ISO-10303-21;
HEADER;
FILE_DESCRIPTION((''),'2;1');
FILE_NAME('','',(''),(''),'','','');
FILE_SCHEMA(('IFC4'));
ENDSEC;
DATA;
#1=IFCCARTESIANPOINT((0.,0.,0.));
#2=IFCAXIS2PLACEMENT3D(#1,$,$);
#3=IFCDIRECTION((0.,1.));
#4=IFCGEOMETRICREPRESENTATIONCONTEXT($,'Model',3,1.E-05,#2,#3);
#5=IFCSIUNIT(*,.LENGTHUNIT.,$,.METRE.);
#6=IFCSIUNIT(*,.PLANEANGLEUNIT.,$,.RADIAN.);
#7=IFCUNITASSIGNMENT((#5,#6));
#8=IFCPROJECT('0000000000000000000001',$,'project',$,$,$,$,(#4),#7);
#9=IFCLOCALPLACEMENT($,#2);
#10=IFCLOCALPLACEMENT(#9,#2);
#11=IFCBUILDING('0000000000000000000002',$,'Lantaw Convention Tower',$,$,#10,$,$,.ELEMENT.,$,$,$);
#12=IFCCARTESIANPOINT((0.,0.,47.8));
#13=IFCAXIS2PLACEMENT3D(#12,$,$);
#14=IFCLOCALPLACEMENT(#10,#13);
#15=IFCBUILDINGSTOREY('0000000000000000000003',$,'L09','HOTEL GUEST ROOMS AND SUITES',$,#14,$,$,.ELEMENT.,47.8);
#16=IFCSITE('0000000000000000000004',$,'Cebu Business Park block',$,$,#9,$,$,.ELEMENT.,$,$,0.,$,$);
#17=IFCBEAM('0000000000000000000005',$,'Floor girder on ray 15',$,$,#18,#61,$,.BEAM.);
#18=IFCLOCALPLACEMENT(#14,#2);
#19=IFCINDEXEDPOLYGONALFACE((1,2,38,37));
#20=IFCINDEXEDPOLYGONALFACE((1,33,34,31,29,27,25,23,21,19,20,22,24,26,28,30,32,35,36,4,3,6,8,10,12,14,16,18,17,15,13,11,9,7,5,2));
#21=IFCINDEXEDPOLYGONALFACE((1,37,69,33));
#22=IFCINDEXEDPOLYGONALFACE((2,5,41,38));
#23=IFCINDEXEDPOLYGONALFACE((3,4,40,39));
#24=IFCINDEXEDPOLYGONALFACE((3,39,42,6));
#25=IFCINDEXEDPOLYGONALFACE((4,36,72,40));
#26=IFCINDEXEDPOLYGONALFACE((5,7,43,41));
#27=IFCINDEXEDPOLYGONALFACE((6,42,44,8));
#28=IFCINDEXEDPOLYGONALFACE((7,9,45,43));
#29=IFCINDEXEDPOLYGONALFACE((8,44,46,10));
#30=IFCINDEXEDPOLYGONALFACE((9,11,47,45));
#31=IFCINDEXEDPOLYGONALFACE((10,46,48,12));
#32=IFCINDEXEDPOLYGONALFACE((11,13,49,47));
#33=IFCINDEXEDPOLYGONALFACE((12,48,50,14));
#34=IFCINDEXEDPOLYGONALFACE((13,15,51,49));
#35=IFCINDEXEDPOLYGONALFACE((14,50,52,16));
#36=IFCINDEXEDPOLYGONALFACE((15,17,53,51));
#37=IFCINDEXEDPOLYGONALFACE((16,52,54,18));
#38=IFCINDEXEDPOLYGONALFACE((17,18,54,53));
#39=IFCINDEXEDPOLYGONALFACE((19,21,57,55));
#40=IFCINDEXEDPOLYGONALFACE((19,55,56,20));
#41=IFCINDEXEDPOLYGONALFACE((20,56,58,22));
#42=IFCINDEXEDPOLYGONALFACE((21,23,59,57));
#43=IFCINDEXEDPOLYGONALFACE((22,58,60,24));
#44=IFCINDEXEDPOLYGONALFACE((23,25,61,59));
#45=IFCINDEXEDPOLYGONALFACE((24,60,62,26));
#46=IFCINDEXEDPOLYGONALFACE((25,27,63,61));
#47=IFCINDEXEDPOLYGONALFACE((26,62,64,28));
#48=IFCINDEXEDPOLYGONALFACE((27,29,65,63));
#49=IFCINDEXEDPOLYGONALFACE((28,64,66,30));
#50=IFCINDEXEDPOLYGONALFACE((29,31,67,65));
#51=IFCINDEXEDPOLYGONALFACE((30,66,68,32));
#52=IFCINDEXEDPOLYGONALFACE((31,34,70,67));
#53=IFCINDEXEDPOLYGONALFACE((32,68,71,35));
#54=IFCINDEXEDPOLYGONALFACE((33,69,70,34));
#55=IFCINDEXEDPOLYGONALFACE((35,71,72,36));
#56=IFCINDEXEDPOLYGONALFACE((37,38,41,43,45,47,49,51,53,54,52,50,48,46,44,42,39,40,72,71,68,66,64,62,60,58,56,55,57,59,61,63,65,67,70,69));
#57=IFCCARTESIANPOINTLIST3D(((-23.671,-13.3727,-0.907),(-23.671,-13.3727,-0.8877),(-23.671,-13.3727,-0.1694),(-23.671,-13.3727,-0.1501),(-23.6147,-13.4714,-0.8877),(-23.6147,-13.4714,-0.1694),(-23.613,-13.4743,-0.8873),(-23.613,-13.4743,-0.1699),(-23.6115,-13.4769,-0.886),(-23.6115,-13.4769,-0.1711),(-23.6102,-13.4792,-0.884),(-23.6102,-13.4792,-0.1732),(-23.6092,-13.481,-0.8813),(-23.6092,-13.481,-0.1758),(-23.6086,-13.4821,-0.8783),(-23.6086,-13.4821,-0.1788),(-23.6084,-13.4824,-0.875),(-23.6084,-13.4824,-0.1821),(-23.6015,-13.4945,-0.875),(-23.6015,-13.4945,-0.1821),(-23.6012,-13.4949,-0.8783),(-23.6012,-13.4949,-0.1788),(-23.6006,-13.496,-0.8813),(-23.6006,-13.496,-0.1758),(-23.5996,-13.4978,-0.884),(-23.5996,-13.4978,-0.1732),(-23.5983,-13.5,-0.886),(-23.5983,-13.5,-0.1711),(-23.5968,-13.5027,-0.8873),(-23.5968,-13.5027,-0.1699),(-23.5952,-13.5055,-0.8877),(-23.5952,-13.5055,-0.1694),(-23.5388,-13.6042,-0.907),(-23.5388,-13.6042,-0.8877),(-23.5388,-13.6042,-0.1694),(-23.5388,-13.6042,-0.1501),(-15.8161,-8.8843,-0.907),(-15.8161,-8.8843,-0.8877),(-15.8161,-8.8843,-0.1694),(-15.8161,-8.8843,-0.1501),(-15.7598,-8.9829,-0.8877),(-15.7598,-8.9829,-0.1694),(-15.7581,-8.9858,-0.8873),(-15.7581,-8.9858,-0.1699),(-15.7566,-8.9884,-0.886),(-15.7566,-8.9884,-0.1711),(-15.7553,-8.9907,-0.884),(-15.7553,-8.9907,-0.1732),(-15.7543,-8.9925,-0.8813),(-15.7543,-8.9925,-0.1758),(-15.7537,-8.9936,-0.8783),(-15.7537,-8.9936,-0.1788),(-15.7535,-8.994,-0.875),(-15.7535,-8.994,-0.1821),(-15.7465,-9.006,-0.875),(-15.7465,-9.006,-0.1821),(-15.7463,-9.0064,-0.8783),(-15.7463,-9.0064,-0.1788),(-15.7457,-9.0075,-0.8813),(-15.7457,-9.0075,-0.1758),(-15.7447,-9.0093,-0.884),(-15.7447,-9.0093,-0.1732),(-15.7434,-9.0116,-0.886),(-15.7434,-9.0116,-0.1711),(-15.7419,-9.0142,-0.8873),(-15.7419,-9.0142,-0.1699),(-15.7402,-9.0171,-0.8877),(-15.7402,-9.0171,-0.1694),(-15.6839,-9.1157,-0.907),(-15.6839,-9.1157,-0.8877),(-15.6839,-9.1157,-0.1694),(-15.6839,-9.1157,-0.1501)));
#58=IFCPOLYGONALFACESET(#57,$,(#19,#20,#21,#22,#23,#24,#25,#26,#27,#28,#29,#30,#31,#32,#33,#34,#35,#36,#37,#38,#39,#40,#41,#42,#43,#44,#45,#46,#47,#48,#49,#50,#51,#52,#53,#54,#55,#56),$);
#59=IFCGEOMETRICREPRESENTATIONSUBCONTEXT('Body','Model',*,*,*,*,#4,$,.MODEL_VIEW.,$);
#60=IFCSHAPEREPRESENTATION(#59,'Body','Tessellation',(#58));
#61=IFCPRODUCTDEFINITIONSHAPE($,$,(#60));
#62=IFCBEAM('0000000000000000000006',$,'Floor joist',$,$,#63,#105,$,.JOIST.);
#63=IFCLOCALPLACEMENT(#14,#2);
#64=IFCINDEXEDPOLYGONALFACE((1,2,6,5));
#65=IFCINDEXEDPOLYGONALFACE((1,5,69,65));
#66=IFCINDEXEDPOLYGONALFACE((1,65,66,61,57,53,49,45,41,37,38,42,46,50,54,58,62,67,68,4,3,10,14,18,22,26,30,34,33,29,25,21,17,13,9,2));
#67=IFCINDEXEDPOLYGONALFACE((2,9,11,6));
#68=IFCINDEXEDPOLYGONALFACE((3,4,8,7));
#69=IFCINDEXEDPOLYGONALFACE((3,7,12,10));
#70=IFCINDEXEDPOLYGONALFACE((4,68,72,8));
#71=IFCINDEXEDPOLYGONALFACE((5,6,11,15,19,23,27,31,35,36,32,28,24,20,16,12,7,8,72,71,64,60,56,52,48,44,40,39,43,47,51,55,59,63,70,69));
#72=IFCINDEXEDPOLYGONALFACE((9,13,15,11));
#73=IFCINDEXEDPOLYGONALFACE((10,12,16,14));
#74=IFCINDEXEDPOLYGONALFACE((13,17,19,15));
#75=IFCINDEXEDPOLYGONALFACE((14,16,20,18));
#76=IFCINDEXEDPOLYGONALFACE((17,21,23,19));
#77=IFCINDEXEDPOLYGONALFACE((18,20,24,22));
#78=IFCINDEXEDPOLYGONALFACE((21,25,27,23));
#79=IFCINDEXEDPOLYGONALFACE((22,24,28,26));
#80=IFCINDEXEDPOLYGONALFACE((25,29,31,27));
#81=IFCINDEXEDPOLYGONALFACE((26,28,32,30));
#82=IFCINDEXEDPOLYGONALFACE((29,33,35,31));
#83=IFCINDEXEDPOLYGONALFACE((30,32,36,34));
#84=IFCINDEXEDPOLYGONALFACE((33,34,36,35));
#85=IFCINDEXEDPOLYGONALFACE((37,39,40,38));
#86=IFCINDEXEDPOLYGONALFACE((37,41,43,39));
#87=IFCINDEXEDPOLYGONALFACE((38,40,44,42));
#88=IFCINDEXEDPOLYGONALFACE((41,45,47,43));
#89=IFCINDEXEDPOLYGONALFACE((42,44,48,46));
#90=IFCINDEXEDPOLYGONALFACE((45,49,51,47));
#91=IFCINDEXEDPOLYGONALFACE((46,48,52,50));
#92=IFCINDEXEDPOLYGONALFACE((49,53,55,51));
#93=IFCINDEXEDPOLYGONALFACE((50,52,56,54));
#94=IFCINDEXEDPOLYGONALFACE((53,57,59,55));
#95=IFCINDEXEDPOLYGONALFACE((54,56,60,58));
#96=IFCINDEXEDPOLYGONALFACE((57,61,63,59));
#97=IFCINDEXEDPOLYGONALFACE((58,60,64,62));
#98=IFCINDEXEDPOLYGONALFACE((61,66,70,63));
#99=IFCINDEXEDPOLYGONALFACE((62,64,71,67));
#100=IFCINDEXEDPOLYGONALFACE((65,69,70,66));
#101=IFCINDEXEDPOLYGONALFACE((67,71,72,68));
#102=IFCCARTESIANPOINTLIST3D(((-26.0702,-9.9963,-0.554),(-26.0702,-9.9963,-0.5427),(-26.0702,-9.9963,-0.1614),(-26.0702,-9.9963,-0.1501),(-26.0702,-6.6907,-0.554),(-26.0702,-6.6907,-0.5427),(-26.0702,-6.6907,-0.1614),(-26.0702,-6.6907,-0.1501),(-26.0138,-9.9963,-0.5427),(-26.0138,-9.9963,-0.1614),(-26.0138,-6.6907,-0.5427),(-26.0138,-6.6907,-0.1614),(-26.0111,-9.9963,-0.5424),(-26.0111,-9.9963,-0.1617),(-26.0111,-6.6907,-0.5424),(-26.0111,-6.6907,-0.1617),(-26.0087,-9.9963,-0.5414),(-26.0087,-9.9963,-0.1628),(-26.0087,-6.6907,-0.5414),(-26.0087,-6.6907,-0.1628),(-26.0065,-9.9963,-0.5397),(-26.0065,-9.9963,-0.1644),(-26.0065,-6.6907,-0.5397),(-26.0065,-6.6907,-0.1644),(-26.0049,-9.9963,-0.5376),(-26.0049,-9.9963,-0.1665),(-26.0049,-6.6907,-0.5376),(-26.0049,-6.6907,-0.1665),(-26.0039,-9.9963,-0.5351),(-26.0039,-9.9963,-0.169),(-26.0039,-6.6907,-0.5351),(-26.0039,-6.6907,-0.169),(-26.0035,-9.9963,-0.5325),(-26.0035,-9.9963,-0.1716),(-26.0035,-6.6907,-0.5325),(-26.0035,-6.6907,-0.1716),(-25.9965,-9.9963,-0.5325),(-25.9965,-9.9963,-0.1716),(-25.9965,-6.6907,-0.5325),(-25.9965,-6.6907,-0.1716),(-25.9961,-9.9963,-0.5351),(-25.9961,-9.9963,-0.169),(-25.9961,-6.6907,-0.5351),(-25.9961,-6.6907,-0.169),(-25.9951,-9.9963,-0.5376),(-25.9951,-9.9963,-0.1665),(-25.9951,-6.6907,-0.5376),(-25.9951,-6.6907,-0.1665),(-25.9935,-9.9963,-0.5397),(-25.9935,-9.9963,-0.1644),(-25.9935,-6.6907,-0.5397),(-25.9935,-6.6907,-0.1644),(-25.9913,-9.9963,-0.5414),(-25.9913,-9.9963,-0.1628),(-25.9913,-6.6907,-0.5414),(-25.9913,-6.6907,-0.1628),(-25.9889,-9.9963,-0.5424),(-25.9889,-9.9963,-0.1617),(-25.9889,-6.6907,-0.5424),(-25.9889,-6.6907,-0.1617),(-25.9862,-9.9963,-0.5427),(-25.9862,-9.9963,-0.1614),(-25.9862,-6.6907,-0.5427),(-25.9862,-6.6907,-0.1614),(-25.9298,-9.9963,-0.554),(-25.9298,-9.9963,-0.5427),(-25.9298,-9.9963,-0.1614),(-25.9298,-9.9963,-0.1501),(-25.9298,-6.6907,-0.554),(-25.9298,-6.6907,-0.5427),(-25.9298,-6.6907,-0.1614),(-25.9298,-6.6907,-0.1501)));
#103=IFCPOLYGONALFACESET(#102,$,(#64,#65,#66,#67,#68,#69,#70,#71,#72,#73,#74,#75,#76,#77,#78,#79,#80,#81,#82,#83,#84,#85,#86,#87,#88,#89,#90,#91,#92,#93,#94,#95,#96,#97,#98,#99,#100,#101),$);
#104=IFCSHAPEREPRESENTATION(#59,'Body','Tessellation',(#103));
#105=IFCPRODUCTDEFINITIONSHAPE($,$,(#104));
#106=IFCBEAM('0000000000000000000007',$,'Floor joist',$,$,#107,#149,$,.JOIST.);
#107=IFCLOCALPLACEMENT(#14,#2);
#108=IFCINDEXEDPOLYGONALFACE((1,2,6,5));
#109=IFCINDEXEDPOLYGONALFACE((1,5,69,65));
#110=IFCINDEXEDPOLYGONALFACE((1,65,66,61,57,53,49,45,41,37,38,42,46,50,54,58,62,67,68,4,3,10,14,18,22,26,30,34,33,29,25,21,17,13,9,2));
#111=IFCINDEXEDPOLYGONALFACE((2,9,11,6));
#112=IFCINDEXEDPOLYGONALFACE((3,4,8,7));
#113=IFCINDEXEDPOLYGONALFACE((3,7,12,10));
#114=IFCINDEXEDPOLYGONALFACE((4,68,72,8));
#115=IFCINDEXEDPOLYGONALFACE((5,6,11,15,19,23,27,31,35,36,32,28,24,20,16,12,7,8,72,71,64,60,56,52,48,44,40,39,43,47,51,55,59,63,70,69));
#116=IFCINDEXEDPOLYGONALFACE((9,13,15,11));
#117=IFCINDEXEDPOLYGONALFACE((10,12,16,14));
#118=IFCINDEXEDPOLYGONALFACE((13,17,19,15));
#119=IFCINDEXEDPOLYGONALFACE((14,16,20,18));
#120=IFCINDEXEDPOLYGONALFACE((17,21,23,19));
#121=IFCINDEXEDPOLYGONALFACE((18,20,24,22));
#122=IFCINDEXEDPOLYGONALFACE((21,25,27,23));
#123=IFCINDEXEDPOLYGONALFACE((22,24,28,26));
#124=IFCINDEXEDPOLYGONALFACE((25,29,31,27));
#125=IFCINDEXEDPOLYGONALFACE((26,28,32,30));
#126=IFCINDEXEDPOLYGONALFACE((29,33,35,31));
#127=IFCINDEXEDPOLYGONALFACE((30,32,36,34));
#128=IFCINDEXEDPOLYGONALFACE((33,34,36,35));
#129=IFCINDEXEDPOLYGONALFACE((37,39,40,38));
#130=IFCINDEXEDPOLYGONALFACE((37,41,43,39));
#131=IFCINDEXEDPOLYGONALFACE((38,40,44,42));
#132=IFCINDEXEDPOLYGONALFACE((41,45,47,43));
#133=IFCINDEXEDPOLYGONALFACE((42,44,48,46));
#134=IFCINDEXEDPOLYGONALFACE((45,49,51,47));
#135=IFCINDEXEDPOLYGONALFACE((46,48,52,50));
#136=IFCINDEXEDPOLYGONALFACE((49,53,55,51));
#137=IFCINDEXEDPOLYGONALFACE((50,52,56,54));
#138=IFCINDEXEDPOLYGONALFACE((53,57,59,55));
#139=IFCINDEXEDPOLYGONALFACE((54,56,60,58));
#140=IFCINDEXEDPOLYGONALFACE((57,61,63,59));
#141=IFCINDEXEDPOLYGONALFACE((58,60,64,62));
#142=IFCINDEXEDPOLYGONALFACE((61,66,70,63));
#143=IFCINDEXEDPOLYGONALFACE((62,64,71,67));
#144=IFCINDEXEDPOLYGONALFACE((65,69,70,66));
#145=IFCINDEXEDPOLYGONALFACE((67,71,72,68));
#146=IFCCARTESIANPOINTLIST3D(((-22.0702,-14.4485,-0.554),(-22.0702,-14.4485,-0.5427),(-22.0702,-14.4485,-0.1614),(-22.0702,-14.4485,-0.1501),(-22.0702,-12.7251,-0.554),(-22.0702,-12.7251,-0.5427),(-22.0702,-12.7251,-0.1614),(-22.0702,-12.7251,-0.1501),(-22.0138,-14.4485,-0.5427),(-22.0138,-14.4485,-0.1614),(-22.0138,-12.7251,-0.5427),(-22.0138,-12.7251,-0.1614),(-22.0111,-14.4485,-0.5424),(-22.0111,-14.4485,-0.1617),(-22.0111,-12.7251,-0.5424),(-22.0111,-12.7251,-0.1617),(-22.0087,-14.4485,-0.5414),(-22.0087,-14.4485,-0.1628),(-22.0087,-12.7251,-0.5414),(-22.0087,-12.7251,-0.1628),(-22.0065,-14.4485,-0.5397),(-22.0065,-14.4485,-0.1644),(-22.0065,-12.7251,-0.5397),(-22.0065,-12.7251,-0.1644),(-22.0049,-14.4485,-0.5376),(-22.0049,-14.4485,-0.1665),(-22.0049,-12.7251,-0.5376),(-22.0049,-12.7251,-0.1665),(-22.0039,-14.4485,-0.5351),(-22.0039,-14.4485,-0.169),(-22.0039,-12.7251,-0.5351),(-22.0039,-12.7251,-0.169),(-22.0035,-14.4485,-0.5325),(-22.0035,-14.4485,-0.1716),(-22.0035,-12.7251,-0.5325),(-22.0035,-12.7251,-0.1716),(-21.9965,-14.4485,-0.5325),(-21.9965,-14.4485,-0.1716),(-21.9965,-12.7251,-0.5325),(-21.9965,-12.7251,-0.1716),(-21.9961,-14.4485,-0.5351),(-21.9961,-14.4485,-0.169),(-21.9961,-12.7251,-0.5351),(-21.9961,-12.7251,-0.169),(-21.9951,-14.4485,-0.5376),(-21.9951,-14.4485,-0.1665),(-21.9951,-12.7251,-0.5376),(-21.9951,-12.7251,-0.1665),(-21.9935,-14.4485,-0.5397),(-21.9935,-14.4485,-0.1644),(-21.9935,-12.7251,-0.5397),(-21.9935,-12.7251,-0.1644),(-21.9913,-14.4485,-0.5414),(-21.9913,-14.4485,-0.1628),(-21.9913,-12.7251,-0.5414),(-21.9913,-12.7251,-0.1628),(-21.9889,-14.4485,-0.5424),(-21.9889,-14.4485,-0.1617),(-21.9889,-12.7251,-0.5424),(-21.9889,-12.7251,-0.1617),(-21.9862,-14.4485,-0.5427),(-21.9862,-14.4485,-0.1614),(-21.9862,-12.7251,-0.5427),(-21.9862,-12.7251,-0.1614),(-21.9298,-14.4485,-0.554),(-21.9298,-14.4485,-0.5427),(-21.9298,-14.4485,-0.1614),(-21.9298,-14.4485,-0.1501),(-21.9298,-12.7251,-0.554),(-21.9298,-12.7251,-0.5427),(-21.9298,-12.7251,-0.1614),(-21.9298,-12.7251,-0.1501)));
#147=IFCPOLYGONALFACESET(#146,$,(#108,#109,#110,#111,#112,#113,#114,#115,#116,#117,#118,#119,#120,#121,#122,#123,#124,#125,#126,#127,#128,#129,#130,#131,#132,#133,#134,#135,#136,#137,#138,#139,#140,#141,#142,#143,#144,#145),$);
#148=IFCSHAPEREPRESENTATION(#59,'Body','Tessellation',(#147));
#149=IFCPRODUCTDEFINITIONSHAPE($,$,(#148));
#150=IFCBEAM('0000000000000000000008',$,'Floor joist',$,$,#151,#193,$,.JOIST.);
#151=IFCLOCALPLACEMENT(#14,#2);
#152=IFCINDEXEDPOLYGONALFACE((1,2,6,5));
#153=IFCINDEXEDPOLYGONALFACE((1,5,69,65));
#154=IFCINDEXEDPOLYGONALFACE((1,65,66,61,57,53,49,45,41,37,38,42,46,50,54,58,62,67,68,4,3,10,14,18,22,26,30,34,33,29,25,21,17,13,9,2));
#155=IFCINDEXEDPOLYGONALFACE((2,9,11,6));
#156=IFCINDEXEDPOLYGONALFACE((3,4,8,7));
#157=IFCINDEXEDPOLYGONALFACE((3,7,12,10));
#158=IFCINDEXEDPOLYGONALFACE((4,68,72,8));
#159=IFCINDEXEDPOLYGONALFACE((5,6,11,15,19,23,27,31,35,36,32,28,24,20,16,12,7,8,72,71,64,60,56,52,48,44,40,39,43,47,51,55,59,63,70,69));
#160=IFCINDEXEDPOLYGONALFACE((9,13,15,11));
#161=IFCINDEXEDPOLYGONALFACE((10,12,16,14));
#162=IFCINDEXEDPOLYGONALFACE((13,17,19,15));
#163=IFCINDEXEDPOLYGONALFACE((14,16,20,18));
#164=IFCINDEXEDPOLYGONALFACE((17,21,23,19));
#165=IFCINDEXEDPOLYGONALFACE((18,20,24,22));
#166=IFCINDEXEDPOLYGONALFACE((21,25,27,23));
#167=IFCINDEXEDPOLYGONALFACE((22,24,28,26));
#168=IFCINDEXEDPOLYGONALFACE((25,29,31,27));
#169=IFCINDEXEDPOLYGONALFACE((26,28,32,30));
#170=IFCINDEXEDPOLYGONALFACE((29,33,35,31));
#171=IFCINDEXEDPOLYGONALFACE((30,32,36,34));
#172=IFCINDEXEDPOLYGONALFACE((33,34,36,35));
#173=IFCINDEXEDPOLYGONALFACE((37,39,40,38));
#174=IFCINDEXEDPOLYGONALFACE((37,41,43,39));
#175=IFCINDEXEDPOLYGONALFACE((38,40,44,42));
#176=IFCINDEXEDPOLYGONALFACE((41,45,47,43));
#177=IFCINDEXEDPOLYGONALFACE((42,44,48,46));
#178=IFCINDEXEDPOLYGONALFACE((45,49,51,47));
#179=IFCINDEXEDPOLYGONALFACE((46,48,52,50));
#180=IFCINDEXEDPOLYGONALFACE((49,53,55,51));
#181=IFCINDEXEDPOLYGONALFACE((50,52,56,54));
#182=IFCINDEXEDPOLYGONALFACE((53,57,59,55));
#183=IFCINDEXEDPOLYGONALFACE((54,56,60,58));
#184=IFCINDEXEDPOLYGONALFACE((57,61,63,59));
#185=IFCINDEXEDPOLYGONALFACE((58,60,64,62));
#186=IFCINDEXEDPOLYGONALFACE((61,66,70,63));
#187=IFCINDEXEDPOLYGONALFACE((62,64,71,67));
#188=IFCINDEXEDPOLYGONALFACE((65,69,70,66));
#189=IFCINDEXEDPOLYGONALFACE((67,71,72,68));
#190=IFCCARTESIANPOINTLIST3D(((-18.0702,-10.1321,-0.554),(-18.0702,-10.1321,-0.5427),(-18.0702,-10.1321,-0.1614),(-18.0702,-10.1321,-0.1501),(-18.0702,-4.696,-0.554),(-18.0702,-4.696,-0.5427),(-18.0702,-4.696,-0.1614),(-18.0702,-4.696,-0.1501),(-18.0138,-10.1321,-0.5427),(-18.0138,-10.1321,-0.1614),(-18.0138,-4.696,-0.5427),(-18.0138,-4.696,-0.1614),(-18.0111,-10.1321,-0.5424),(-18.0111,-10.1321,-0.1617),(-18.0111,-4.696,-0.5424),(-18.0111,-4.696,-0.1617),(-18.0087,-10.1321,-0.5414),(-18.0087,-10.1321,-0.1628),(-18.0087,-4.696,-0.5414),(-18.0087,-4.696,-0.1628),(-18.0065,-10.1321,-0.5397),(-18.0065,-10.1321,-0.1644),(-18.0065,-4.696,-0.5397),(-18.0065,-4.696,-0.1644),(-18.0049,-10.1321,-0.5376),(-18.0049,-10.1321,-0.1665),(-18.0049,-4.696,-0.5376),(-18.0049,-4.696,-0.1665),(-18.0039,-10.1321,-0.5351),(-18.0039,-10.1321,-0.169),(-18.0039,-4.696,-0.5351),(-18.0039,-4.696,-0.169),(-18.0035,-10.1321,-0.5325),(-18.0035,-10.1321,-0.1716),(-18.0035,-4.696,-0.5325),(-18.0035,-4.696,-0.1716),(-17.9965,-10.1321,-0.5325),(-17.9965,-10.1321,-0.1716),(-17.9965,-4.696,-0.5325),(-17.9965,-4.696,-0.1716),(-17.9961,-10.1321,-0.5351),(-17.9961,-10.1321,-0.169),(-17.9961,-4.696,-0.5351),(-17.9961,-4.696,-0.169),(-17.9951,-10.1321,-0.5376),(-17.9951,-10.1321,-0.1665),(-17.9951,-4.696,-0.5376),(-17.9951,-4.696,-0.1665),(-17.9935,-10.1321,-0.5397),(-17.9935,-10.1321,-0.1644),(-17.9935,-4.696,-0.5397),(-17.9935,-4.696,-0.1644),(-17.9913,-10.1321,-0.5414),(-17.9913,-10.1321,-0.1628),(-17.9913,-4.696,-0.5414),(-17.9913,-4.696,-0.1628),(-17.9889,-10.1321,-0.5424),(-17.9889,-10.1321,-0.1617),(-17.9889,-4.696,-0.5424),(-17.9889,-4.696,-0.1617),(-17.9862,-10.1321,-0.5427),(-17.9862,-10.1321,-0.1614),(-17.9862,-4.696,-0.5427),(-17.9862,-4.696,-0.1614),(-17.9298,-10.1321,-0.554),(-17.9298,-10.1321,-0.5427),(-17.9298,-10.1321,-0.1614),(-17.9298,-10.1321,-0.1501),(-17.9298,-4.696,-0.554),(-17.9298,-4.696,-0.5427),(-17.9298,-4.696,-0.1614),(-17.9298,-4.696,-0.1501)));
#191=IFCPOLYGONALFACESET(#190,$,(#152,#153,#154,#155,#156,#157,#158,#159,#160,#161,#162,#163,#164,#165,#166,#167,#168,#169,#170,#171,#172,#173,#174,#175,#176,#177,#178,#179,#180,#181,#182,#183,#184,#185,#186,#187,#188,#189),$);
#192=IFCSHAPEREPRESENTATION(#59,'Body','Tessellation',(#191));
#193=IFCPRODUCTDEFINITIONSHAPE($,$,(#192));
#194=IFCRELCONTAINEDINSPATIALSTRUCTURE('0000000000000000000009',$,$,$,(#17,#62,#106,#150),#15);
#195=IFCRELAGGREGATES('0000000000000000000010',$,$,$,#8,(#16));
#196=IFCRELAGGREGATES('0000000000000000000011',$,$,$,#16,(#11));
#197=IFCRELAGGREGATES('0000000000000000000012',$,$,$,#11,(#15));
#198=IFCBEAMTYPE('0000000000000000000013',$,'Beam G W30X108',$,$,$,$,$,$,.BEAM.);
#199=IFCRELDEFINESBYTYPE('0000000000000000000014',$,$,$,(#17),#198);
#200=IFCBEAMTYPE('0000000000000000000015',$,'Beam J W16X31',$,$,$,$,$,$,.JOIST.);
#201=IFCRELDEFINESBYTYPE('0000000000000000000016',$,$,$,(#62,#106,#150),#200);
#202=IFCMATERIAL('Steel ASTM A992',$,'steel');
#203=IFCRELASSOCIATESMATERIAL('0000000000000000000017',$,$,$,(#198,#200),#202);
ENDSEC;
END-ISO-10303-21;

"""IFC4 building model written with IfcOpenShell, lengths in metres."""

from ifc_helpers import new_model, si_unit, direction, frame, origin, origin_2d, place, context, subcontext, project, spatial, i_section, extrude, material, material_profile, profile_set, type_object, element, save


model = new_model("IFC4")

# Units and contexts
model_context = context("Model", 3, precision=1e-05, world=origin(), true_north=direction((0.0, 1.0)))
body_context = subcontext(model_context, "Body", "Model", "MODEL_VIEW")
ifc_project = project(units=[si_unit("LENGTHUNIT", "METRE"), si_unit("PLANEANGLEUNIT", "RADIAN")], contexts=[model_context])

# Site, building, storey
site_placement = place(None, origin())
site = spatial("IfcSite", under=ifc_project, at=site_placement, Name="Cebu Business Park block", CompositionType="ELEMENT", RefElevation=0.0)
building_placement = place(site_placement, origin())
building = spatial("IfcBuilding", under=site, at=building_placement, Name="Lantaw Convention Tower", CompositionType="ELEMENT")
storey_placement = place(building_placement, frame((0.0, 0.0, 47.8)))
storey = spatial("IfcBuildingStorey", under=building, at=storey_placement, Name="L09", Description="HOTEL GUEST ROOMS AND SUITES", CompositionType="ELEMENT", Elevation=47.8)

# Beams
ifc_material_1 = material(Name="Steel ASTM A992", Category="steel")
ifc_material_profile_1 = material_profile(ifc_material_1, i_section(OverallWidth=0.2666, OverallDepth=0.7568, WebThickness=0.0139, FlangeThickness=0.0193, FilletRadius=0.0127, at=origin_2d()), Name="W30X108")
ifc_profile_set_1 = profile_set([ifc_material_profile_1], Name="Steel ASTM A992")
beam_type_1 = type_object("IfcBeamType", Name="Beam G W30X108", PredefinedType="BEAM", material=ifc_profile_set_1)
beam_1_placement = place(storey_placement, frame((-15.75, -9.0, -0.5286), z_axis=(-0.868245, -0.496136, 0.0), x_axis=(0.496136, -0.868245, 0.0)))
element("IfcBeam", 1, at=beam_1_placement, inside=storey, type_object=beam_type_1, Name="Floor girder on ray 15", PredefinedType="BEAM", context=body_context, shape_type="SweptSolid", body=[
    extrude(i_section(OverallWidth=0.2666, OverallDepth=0.7568, WebThickness=0.0139, FlangeThickness=0.0193, FilletRadius=0.0127, at=origin_2d()), origin(), (0.0, 0.0, 1.0), 9.0469),
])
ifc_material_profile_2 = material_profile(ifc_material_1, i_section(OverallWidth=0.1404, OverallDepth=0.4038, WebThickness=0.0071, FlangeThickness=0.0112, FilletRadius=0.0103, at=origin_2d()), Name="W16X31")
ifc_profile_set_2 = profile_set([ifc_material_profile_2], Name="Steel ASTM A992")
beam_type_2 = type_object("IfcBeamType", Name="Beam J W16X31", PredefinedType="JOIST", material=ifc_profile_set_2)
beam_2_placement = place(storey_placement, frame((-26.0, -9.9963, -0.3521), z_axis=(0.0, 1.0, 0.0), x_axis=(-1.0, 0.0, 0.0)))
element("IfcBeam", 2, at=beam_2_placement, inside=storey, type_object=beam_type_2, Name="Floor joist", PredefinedType="JOIST", context=body_context, shape_type="SweptSolid", body=[
    extrude(i_section(OverallWidth=0.1404, OverallDepth=0.4038, WebThickness=0.0071, FlangeThickness=0.0112, FilletRadius=0.0103, at=origin_2d()), origin(), (0.0, 0.0, 1.0), 3.3057),
])
beam_3_placement = place(storey_placement, frame((-22.0, -14.4485, -0.3521), z_axis=(0.0, 1.0, 0.0), x_axis=(-1.0, 0.0, 0.0)))
element("IfcBeam", 3, at=beam_3_placement, inside=storey, type_object=beam_type_2, Name="Floor joist", PredefinedType="JOIST", context=body_context, shape_type="SweptSolid", body=[
    extrude(i_section(OverallWidth=0.1404, OverallDepth=0.4038, WebThickness=0.0071, FlangeThickness=0.0112, FilletRadius=0.0103, at=origin_2d()), origin(), (0.0, 0.0, 1.0), 1.7234),
])
beam_4_placement = place(storey_placement, frame((-18.0, -10.1321, -0.3521), z_axis=(0.0, 1.0, 0.0), x_axis=(-1.0, 0.0, 0.0)))
element("IfcBeam", 4, at=beam_4_placement, inside=storey, type_object=beam_type_2, Name="Floor joist", PredefinedType="JOIST", context=body_context, shape_type="SweptSolid", body=[
    extrude(i_section(OverallWidth=0.1404, OverallDepth=0.4038, WebThickness=0.0071, FlangeThickness=0.0112, FilletRadius=0.0103, at=origin_2d()), origin(), (0.0, 0.0, 1.0), 5.436),
])

save(model, "model.ifc")
